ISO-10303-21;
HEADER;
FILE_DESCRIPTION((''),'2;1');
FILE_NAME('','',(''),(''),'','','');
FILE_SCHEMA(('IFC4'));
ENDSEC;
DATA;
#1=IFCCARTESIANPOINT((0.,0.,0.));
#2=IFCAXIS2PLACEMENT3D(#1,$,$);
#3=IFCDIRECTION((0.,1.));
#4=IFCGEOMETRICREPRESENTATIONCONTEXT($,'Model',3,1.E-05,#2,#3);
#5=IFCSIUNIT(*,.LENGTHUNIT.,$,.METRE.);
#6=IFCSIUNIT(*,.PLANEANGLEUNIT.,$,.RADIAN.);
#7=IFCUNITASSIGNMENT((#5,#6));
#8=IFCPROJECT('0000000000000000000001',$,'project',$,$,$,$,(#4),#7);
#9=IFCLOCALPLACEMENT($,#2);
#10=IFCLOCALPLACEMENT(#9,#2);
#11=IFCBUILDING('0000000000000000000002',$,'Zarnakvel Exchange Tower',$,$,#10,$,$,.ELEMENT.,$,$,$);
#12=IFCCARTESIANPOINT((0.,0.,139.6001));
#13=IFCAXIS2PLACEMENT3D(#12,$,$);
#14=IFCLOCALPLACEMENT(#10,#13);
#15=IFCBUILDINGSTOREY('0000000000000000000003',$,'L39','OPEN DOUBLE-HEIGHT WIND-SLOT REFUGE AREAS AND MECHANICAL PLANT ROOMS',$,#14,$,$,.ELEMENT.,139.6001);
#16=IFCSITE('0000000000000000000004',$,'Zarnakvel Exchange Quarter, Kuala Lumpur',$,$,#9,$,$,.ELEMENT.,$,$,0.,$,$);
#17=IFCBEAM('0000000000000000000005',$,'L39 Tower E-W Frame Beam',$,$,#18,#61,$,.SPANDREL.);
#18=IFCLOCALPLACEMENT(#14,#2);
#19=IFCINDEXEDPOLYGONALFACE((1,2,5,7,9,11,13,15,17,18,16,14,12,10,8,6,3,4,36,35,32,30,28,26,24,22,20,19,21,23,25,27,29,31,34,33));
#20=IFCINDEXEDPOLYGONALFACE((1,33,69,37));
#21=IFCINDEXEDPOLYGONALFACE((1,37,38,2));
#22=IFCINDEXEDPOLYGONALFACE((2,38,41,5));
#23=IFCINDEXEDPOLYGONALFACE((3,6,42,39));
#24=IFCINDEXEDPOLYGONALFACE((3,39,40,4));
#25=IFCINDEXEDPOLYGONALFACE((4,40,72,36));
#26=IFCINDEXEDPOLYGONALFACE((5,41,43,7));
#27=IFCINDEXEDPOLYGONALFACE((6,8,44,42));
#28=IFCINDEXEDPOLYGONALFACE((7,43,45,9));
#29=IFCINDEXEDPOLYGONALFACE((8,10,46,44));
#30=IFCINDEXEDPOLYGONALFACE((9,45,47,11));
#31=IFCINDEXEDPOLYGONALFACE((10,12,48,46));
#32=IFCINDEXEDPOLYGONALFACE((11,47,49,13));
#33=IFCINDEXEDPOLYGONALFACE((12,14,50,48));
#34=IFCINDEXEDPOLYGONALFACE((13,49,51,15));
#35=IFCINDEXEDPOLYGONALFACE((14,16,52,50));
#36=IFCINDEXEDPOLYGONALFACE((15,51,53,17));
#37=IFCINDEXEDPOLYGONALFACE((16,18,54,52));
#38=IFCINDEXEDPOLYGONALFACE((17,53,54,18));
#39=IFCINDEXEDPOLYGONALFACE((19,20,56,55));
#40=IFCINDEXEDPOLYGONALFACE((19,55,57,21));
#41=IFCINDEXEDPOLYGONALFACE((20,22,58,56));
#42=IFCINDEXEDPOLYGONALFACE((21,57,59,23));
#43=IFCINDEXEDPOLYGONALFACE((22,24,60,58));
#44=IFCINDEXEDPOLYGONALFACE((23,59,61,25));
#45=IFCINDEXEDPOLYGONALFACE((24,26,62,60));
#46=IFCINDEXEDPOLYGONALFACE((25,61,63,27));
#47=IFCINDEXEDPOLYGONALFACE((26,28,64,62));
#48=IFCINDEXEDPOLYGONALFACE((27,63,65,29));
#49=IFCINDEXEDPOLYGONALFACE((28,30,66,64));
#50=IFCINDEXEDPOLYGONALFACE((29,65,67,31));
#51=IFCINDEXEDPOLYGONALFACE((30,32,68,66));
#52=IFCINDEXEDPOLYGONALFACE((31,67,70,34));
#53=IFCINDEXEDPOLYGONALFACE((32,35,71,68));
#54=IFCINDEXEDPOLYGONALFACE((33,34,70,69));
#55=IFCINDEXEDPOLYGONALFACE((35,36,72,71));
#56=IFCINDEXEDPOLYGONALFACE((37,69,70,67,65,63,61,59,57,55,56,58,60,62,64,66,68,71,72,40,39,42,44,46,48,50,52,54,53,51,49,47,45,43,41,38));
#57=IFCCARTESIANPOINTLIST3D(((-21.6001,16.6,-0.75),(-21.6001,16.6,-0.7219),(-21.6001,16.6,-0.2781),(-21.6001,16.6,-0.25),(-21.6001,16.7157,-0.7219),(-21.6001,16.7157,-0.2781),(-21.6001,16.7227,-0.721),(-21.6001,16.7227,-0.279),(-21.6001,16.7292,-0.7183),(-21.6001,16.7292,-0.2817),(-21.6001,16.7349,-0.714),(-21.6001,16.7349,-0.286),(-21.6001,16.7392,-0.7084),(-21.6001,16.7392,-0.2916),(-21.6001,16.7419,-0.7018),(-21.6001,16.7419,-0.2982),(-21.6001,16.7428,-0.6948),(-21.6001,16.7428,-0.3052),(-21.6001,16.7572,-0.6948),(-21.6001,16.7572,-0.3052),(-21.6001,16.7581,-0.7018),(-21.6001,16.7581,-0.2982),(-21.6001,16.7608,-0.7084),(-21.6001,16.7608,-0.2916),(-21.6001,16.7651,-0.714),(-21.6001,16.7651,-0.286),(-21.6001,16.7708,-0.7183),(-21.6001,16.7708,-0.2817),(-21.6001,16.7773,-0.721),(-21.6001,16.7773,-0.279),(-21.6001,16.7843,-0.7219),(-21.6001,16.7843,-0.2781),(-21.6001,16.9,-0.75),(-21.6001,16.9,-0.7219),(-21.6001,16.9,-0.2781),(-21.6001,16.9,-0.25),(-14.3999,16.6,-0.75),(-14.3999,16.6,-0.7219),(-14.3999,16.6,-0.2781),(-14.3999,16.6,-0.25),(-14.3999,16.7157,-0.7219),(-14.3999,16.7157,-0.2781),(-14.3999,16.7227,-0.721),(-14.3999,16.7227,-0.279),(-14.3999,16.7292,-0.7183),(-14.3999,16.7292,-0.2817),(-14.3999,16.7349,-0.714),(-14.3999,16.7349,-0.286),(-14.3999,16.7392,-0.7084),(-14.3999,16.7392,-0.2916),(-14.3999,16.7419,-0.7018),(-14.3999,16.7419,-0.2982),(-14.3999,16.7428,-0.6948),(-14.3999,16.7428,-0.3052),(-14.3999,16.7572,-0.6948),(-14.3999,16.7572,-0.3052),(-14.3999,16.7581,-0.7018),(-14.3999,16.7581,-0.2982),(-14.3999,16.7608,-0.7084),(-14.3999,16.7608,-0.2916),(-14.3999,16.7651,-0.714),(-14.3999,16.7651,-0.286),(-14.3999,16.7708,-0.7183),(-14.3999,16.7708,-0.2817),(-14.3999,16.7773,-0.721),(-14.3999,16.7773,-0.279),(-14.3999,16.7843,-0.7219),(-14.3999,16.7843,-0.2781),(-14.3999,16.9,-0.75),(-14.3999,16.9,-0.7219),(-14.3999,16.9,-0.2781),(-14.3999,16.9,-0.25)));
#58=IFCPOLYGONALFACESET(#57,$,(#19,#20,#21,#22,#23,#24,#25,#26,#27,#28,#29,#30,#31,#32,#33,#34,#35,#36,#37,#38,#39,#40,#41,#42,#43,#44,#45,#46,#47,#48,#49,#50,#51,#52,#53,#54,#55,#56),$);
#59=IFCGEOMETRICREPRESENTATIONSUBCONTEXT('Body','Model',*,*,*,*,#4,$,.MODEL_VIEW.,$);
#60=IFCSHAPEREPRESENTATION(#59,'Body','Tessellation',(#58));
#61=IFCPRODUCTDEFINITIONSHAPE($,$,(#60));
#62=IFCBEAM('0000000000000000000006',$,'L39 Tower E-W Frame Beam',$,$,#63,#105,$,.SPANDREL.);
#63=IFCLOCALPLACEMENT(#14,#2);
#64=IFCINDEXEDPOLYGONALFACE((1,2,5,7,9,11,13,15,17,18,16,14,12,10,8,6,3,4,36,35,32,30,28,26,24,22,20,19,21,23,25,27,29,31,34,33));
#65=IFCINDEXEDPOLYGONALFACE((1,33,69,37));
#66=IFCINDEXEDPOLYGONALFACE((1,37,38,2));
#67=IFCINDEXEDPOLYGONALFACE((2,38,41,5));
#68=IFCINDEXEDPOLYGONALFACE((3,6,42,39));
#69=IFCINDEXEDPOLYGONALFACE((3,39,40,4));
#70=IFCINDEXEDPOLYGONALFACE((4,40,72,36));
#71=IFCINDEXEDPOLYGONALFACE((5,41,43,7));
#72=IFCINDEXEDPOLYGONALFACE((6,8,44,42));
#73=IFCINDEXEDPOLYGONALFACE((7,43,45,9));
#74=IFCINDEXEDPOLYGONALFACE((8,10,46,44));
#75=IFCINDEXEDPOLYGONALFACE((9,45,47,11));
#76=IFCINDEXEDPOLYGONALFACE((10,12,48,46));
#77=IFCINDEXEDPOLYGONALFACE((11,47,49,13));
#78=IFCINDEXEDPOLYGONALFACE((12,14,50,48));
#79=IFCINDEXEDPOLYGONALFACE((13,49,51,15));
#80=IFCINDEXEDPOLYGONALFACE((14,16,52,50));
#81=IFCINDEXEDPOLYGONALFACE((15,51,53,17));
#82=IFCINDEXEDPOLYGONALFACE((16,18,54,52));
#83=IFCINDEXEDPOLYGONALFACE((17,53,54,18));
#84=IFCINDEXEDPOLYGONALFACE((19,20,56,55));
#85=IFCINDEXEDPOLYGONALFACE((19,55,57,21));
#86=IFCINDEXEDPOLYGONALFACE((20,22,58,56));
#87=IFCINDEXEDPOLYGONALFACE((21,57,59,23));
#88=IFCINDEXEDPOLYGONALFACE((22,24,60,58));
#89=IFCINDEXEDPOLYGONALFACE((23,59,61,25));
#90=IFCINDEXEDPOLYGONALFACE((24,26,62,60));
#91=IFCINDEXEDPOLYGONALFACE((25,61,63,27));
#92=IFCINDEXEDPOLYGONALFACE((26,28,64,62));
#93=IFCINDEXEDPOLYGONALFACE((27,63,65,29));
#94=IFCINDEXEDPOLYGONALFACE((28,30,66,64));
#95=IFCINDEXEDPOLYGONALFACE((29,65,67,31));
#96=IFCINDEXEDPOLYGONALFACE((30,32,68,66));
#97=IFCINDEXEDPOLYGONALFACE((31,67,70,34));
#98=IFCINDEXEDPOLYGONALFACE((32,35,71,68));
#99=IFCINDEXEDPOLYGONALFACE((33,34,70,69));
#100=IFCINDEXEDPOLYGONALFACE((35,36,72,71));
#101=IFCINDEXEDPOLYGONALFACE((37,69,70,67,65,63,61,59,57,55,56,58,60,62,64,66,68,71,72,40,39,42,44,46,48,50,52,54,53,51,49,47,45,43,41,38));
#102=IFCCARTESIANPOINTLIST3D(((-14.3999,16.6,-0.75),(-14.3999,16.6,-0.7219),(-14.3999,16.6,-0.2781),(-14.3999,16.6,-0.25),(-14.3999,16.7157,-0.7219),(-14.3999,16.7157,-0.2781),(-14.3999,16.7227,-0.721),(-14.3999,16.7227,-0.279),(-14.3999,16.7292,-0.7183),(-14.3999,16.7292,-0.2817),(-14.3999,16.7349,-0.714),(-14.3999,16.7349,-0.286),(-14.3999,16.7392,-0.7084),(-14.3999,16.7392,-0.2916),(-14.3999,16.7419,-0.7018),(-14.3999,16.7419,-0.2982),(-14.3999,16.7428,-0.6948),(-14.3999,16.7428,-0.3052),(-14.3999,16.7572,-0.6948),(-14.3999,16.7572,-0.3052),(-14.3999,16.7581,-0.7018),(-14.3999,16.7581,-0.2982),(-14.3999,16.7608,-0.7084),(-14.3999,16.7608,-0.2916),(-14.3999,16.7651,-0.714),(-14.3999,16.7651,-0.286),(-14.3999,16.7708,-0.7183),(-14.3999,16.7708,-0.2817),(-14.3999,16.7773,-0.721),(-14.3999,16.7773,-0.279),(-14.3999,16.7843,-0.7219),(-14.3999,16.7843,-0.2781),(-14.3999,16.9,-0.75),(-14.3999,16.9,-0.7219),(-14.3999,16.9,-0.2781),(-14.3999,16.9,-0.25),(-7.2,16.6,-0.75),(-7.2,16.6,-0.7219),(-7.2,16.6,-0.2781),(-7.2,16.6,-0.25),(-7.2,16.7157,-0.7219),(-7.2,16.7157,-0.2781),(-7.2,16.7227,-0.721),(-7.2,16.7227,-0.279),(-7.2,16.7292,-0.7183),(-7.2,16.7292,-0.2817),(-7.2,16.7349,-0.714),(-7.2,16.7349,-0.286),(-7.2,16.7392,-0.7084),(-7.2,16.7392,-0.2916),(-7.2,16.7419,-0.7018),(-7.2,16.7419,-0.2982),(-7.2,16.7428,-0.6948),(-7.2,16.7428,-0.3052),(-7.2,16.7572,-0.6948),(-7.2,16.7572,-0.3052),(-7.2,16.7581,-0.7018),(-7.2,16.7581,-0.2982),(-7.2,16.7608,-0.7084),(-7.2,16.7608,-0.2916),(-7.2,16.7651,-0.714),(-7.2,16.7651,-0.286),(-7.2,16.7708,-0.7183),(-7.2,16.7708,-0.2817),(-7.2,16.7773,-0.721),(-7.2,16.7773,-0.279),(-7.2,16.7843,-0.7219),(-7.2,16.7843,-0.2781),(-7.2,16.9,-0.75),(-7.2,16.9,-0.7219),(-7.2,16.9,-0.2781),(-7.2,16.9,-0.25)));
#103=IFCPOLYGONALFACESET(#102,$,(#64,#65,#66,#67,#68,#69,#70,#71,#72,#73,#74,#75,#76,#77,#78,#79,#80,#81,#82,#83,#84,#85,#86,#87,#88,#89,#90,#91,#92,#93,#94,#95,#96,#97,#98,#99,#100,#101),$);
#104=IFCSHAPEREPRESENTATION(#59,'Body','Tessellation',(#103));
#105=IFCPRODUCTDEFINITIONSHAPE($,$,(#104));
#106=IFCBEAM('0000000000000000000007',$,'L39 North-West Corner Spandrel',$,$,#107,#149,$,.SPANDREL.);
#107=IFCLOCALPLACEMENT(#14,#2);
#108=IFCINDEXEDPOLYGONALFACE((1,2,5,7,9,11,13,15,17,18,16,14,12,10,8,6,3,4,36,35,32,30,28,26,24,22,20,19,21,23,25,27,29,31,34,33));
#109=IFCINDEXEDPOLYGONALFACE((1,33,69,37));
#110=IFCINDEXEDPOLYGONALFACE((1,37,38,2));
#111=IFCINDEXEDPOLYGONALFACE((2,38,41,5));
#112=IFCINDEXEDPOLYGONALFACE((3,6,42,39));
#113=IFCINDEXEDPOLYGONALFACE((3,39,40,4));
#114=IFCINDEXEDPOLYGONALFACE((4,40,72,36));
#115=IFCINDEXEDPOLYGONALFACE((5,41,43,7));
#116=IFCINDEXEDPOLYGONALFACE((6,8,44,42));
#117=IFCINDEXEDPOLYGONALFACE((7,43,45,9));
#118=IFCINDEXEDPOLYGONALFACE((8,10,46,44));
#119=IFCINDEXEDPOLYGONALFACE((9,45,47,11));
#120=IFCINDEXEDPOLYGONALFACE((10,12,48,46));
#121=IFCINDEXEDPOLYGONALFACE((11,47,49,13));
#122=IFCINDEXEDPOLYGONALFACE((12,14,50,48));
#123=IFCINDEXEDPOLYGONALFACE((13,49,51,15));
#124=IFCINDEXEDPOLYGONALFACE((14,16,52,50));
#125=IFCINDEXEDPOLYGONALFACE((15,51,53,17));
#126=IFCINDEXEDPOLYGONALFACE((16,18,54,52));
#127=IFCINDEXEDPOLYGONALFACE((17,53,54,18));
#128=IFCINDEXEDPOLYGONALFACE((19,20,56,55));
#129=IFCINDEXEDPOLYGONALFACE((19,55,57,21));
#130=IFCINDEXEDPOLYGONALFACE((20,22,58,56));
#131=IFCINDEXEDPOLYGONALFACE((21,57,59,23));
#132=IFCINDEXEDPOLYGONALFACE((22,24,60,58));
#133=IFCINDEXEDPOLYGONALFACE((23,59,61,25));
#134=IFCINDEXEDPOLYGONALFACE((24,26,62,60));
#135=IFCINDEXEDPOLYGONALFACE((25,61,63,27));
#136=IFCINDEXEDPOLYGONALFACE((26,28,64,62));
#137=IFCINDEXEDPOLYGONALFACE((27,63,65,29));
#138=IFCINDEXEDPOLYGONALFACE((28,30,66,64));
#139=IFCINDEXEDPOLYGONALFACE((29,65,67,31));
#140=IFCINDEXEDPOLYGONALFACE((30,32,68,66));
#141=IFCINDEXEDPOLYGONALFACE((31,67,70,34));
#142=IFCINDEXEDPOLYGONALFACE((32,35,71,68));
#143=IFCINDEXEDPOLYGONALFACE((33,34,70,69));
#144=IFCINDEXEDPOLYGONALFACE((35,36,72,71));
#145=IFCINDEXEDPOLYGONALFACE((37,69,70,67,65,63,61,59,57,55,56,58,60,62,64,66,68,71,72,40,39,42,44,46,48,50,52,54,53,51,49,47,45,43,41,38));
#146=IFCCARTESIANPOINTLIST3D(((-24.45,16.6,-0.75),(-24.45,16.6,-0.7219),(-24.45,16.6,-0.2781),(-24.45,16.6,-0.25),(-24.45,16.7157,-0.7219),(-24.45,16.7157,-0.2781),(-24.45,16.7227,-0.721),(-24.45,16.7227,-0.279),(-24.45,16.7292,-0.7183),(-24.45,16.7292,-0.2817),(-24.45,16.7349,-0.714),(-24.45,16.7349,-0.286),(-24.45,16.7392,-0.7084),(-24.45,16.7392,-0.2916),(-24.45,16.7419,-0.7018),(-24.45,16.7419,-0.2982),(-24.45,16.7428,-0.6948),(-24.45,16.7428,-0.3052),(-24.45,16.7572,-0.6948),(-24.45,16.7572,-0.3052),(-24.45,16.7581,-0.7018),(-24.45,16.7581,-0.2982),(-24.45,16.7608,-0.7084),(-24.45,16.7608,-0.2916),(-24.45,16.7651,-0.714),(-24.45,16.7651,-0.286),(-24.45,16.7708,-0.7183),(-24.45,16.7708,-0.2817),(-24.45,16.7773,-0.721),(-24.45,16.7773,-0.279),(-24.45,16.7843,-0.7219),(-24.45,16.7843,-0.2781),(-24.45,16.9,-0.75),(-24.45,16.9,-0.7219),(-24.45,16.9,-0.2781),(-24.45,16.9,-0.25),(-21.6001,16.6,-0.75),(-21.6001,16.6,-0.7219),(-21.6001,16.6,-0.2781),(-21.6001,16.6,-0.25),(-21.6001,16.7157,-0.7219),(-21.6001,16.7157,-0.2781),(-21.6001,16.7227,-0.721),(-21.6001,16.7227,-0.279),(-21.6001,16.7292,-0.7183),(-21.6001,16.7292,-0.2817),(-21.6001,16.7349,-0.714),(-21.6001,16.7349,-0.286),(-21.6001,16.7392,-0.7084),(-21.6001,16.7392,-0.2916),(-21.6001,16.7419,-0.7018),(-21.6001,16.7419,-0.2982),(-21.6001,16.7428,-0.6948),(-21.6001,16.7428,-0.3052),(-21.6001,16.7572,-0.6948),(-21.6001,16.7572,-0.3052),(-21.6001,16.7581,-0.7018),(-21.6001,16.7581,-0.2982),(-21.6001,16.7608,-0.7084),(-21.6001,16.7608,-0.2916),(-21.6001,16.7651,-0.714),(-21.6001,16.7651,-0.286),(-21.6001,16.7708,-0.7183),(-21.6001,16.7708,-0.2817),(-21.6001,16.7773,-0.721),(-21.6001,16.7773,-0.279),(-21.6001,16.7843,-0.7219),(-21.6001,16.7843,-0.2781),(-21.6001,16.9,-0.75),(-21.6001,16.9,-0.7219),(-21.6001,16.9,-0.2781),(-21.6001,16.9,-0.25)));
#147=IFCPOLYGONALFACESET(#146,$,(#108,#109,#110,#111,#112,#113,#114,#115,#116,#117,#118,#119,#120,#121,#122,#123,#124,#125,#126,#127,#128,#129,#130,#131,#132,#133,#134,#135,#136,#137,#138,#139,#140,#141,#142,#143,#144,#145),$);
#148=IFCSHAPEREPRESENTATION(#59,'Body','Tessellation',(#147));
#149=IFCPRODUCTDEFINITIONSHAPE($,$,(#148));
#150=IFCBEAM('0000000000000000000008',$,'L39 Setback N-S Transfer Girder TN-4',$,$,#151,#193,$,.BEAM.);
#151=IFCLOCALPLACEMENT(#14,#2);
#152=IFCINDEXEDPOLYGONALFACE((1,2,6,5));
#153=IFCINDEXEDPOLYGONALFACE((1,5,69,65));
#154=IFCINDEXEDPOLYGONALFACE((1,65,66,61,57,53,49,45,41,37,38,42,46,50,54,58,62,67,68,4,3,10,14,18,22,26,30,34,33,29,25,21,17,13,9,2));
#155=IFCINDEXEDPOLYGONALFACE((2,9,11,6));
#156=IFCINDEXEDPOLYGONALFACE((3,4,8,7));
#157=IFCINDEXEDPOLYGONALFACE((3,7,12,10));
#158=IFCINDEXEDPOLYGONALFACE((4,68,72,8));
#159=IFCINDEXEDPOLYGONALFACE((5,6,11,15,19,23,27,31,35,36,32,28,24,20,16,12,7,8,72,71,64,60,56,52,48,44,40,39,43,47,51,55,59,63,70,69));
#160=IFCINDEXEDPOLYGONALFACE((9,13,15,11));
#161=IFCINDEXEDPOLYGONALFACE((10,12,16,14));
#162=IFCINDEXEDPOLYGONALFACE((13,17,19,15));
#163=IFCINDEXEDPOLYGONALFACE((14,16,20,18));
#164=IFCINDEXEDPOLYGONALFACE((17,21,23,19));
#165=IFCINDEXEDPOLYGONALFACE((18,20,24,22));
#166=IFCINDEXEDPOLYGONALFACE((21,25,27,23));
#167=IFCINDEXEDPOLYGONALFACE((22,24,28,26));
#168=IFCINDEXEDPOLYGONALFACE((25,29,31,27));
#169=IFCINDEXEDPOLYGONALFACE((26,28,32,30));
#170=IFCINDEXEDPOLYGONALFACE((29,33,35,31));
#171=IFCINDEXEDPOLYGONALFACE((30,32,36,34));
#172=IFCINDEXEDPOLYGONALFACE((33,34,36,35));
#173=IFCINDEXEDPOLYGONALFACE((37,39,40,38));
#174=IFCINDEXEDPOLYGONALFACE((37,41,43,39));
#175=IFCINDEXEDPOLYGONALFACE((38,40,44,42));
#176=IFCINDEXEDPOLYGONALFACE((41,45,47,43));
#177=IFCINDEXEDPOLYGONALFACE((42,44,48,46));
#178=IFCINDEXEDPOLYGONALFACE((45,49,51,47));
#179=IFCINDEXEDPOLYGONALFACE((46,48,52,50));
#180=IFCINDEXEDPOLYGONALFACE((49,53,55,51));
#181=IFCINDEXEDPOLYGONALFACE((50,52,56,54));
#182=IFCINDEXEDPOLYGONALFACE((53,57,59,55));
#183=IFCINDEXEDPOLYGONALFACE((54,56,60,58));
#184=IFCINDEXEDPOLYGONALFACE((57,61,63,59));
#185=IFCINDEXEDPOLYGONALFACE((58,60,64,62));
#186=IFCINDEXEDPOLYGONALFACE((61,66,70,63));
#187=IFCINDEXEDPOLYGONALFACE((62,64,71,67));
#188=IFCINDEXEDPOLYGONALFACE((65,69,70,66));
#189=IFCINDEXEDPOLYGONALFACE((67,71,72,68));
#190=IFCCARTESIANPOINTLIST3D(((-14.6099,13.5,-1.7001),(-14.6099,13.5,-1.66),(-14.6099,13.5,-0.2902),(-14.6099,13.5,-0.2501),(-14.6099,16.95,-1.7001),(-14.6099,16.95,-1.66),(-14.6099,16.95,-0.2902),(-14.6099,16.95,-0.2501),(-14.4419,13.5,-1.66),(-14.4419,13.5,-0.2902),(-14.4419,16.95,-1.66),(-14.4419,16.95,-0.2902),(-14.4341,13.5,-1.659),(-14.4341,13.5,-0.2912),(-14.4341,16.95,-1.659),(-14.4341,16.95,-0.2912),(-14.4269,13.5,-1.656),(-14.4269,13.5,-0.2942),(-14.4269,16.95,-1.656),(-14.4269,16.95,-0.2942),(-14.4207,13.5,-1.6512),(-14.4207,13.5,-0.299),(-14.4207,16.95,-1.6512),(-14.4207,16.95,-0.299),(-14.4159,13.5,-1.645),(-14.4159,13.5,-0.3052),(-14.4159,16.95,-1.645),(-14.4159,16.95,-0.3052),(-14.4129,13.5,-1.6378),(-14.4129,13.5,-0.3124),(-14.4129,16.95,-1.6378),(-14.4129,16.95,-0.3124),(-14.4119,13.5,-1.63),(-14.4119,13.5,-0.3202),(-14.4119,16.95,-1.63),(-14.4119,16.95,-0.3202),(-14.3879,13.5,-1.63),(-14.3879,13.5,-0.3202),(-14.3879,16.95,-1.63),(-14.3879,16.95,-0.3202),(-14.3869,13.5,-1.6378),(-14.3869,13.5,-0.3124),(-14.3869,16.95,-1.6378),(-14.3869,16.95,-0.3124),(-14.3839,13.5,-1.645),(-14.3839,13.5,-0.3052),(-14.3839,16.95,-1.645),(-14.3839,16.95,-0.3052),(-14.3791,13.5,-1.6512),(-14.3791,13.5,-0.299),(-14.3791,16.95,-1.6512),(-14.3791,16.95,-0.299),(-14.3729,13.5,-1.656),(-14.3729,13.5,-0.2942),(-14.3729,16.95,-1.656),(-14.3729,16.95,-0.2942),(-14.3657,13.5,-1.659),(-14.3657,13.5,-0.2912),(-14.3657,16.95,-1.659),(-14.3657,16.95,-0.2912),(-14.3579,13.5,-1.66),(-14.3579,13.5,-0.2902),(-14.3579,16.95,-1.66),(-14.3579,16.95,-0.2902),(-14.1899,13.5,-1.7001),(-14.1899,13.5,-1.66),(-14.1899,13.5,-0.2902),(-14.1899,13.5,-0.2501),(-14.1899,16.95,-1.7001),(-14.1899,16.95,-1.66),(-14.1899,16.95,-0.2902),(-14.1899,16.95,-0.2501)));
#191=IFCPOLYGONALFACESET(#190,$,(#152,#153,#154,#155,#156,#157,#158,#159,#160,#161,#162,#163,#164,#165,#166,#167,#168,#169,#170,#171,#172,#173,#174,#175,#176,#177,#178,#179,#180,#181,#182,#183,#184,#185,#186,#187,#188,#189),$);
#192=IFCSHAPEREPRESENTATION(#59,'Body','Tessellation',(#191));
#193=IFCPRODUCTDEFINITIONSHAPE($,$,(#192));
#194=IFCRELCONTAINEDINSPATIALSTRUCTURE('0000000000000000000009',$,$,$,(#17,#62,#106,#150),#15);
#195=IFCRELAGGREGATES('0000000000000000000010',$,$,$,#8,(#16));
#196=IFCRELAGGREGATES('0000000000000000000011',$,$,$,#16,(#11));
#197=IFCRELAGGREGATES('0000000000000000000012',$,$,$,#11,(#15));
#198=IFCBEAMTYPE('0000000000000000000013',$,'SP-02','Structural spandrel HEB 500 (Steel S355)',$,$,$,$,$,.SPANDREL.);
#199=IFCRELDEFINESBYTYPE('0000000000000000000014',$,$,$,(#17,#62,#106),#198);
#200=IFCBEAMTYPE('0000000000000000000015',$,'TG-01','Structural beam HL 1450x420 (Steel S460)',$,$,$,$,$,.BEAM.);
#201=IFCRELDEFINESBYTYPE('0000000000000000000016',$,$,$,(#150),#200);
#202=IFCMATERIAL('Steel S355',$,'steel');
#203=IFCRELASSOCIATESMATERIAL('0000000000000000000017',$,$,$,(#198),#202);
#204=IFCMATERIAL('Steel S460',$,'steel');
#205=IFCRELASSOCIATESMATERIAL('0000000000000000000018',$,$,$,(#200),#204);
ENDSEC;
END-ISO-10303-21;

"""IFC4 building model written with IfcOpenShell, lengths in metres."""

from ifc_helpers import new_model, si_unit, direction, frame, origin, origin_2d, place, context, subcontext, project, spatial, i_section, extrude, material, material_profile, profile_set, type_object, element, save


model = new_model("IFC4")

# Units and contexts
model_context = context("Model", 3, precision=1e-05, world=origin(), true_north=direction((0.0, 1.0)))
body_context = subcontext(model_context, "Body", "Model", "MODEL_VIEW")
ifc_project = project(units=[si_unit("LENGTHUNIT", "METRE"), si_unit("PLANEANGLEUNIT", "RADIAN")], contexts=[model_context])

# Site, building, storey
site_placement = place(None, origin())
site = spatial("IfcSite", under=ifc_project, at=site_placement, Name="Zarnakvel Exchange Quarter, Kuala Lumpur", CompositionType="ELEMENT", RefElevation=0.0)
building_placement = place(site_placement, origin())
building = spatial("IfcBuilding", under=site, at=building_placement, Name="Zarnakvel Exchange Tower", CompositionType="ELEMENT")
storey_placement = place(building_placement, frame((0.0, 0.0, 139.6001)))
storey = spatial("IfcBuildingStorey", under=building, at=storey_placement, Name="L39", Description="OPEN DOUBLE-HEIGHT WIND-SLOT REFUGE AREAS AND MECHANICAL PLANT ROOMS", CompositionType="ELEMENT", Elevation=139.6001)

# Shared definitions
ifc_material_1 = material(Name="Steel S355", Category="steel")

# Beams
ifc_material_profile_1 = material_profile(ifc_material_1, i_section(OverallWidth=0.3, OverallDepth=0.5, WebThickness=0.0144, FlangeThickness=0.0281, FilletRadius=0.0271, at=origin_2d()))
ifc_profile_set_1 = profile_set([ifc_material_profile_1], Name="Steel S355")
beam_type_1 = type_object("IfcBeamType", Name="SP-02", Description="Structural spandrel HEB 500 (Steel S355)", PredefinedType="SPANDREL", material=ifc_profile_set_1)
beam_1_placement = place(storey_placement, frame((-21.6001, 16.75, -0.5), z_axis=(1.0, 0.0, 0.0), x_axis=(0.0, 1.0, 0.0)))
element("IfcBeam", 1, at=beam_1_placement, inside=storey, type_object=beam_type_1, Name="L39 Tower E-W Frame Beam", PredefinedType="SPANDREL", context=body_context, shape_type="SweptSolid", body=[
    extrude(i_section(OverallWidth=0.3, OverallDepth=0.5, WebThickness=0.0144, FlangeThickness=0.0281, FilletRadius=0.0271, at=origin_2d()), origin(), (0.0, 0.0, 1.0), 7.2002),
])
beam_2_placement = place(storey_placement, frame((-14.3999, 16.75, -0.5), z_axis=(1.0, 0.0, 0.0), x_axis=(0.0, 1.0, 0.0)))
element("IfcBeam", 2, at=beam_2_placement, inside=storey, type_object=beam_type_1, Name="L39 Tower E-W Frame Beam", PredefinedType="SPANDREL", context=body_context, shape_type="SweptSolid", body=[
    extrude(i_section(OverallWidth=0.3, OverallDepth=0.5, WebThickness=0.0144, FlangeThickness=0.0281, FilletRadius=0.0271, at=origin_2d()), origin(), (0.0, 0.0, 1.0), 7.2),
])
beam_3_placement = place(storey_placement, frame((-24.45, 16.75, -0.5), z_axis=(1.0, 0.0, 0.0), x_axis=(0.0, 1.0, 0.0)))
element("IfcBeam", 3, at=beam_3_placement, inside=storey, type_object=beam_type_1, Name="L39 North-West Corner Spandrel", PredefinedType="SPANDREL", context=body_context, shape_type="SweptSolid", body=[
    extrude(i_section(OverallWidth=0.3, OverallDepth=0.5, WebThickness=0.0144, FlangeThickness=0.0281, FilletRadius=0.0271, at=origin_2d()), origin(), (0.0, 0.0, 1.0), 2.8499),
])
ifc_material_2 = material(Name="Steel S460", Category="steel")
ifc_material_profile_2 = material_profile(ifc_material_2, i_section(OverallWidth=0.4199, OverallDepth=1.45, WebThickness=0.0239, FlangeThickness=0.04, FilletRadius=0.03, at=origin_2d()))
ifc_profile_set_2 = profile_set([ifc_material_profile_2], Name="Steel S460")
beam_type_2 = type_object("IfcBeamType", Name="TG-01", Description="Structural beam HL 1450x420 (Steel S460)", PredefinedType="BEAM", material=ifc_profile_set_2)
for number, where, z_axis, x_axis, name in (
    (4, (-14.3999, 13.5, -0.9751), (0.0, 1.0, 0.0), (-1.0, 0.0, 0.0), "L39 Setback N-S Transfer Girder TN-4"),
):
    element("IfcBeam", number, at=place(storey_placement, frame(where, z_axis=z_axis, x_axis=x_axis)), inside=storey, type_object=beam_type_2, Name=name, PredefinedType="BEAM", context=body_context, shape_type="SweptSolid", body=[
        extrude(i_section(OverallWidth=0.4199, OverallDepth=1.45, WebThickness=0.0239, FlangeThickness=0.04, FilletRadius=0.03, at=origin_2d()), origin(), (0.0, 0.0, 1.0), 3.45),
    ])

save(model, "model.ifc")
